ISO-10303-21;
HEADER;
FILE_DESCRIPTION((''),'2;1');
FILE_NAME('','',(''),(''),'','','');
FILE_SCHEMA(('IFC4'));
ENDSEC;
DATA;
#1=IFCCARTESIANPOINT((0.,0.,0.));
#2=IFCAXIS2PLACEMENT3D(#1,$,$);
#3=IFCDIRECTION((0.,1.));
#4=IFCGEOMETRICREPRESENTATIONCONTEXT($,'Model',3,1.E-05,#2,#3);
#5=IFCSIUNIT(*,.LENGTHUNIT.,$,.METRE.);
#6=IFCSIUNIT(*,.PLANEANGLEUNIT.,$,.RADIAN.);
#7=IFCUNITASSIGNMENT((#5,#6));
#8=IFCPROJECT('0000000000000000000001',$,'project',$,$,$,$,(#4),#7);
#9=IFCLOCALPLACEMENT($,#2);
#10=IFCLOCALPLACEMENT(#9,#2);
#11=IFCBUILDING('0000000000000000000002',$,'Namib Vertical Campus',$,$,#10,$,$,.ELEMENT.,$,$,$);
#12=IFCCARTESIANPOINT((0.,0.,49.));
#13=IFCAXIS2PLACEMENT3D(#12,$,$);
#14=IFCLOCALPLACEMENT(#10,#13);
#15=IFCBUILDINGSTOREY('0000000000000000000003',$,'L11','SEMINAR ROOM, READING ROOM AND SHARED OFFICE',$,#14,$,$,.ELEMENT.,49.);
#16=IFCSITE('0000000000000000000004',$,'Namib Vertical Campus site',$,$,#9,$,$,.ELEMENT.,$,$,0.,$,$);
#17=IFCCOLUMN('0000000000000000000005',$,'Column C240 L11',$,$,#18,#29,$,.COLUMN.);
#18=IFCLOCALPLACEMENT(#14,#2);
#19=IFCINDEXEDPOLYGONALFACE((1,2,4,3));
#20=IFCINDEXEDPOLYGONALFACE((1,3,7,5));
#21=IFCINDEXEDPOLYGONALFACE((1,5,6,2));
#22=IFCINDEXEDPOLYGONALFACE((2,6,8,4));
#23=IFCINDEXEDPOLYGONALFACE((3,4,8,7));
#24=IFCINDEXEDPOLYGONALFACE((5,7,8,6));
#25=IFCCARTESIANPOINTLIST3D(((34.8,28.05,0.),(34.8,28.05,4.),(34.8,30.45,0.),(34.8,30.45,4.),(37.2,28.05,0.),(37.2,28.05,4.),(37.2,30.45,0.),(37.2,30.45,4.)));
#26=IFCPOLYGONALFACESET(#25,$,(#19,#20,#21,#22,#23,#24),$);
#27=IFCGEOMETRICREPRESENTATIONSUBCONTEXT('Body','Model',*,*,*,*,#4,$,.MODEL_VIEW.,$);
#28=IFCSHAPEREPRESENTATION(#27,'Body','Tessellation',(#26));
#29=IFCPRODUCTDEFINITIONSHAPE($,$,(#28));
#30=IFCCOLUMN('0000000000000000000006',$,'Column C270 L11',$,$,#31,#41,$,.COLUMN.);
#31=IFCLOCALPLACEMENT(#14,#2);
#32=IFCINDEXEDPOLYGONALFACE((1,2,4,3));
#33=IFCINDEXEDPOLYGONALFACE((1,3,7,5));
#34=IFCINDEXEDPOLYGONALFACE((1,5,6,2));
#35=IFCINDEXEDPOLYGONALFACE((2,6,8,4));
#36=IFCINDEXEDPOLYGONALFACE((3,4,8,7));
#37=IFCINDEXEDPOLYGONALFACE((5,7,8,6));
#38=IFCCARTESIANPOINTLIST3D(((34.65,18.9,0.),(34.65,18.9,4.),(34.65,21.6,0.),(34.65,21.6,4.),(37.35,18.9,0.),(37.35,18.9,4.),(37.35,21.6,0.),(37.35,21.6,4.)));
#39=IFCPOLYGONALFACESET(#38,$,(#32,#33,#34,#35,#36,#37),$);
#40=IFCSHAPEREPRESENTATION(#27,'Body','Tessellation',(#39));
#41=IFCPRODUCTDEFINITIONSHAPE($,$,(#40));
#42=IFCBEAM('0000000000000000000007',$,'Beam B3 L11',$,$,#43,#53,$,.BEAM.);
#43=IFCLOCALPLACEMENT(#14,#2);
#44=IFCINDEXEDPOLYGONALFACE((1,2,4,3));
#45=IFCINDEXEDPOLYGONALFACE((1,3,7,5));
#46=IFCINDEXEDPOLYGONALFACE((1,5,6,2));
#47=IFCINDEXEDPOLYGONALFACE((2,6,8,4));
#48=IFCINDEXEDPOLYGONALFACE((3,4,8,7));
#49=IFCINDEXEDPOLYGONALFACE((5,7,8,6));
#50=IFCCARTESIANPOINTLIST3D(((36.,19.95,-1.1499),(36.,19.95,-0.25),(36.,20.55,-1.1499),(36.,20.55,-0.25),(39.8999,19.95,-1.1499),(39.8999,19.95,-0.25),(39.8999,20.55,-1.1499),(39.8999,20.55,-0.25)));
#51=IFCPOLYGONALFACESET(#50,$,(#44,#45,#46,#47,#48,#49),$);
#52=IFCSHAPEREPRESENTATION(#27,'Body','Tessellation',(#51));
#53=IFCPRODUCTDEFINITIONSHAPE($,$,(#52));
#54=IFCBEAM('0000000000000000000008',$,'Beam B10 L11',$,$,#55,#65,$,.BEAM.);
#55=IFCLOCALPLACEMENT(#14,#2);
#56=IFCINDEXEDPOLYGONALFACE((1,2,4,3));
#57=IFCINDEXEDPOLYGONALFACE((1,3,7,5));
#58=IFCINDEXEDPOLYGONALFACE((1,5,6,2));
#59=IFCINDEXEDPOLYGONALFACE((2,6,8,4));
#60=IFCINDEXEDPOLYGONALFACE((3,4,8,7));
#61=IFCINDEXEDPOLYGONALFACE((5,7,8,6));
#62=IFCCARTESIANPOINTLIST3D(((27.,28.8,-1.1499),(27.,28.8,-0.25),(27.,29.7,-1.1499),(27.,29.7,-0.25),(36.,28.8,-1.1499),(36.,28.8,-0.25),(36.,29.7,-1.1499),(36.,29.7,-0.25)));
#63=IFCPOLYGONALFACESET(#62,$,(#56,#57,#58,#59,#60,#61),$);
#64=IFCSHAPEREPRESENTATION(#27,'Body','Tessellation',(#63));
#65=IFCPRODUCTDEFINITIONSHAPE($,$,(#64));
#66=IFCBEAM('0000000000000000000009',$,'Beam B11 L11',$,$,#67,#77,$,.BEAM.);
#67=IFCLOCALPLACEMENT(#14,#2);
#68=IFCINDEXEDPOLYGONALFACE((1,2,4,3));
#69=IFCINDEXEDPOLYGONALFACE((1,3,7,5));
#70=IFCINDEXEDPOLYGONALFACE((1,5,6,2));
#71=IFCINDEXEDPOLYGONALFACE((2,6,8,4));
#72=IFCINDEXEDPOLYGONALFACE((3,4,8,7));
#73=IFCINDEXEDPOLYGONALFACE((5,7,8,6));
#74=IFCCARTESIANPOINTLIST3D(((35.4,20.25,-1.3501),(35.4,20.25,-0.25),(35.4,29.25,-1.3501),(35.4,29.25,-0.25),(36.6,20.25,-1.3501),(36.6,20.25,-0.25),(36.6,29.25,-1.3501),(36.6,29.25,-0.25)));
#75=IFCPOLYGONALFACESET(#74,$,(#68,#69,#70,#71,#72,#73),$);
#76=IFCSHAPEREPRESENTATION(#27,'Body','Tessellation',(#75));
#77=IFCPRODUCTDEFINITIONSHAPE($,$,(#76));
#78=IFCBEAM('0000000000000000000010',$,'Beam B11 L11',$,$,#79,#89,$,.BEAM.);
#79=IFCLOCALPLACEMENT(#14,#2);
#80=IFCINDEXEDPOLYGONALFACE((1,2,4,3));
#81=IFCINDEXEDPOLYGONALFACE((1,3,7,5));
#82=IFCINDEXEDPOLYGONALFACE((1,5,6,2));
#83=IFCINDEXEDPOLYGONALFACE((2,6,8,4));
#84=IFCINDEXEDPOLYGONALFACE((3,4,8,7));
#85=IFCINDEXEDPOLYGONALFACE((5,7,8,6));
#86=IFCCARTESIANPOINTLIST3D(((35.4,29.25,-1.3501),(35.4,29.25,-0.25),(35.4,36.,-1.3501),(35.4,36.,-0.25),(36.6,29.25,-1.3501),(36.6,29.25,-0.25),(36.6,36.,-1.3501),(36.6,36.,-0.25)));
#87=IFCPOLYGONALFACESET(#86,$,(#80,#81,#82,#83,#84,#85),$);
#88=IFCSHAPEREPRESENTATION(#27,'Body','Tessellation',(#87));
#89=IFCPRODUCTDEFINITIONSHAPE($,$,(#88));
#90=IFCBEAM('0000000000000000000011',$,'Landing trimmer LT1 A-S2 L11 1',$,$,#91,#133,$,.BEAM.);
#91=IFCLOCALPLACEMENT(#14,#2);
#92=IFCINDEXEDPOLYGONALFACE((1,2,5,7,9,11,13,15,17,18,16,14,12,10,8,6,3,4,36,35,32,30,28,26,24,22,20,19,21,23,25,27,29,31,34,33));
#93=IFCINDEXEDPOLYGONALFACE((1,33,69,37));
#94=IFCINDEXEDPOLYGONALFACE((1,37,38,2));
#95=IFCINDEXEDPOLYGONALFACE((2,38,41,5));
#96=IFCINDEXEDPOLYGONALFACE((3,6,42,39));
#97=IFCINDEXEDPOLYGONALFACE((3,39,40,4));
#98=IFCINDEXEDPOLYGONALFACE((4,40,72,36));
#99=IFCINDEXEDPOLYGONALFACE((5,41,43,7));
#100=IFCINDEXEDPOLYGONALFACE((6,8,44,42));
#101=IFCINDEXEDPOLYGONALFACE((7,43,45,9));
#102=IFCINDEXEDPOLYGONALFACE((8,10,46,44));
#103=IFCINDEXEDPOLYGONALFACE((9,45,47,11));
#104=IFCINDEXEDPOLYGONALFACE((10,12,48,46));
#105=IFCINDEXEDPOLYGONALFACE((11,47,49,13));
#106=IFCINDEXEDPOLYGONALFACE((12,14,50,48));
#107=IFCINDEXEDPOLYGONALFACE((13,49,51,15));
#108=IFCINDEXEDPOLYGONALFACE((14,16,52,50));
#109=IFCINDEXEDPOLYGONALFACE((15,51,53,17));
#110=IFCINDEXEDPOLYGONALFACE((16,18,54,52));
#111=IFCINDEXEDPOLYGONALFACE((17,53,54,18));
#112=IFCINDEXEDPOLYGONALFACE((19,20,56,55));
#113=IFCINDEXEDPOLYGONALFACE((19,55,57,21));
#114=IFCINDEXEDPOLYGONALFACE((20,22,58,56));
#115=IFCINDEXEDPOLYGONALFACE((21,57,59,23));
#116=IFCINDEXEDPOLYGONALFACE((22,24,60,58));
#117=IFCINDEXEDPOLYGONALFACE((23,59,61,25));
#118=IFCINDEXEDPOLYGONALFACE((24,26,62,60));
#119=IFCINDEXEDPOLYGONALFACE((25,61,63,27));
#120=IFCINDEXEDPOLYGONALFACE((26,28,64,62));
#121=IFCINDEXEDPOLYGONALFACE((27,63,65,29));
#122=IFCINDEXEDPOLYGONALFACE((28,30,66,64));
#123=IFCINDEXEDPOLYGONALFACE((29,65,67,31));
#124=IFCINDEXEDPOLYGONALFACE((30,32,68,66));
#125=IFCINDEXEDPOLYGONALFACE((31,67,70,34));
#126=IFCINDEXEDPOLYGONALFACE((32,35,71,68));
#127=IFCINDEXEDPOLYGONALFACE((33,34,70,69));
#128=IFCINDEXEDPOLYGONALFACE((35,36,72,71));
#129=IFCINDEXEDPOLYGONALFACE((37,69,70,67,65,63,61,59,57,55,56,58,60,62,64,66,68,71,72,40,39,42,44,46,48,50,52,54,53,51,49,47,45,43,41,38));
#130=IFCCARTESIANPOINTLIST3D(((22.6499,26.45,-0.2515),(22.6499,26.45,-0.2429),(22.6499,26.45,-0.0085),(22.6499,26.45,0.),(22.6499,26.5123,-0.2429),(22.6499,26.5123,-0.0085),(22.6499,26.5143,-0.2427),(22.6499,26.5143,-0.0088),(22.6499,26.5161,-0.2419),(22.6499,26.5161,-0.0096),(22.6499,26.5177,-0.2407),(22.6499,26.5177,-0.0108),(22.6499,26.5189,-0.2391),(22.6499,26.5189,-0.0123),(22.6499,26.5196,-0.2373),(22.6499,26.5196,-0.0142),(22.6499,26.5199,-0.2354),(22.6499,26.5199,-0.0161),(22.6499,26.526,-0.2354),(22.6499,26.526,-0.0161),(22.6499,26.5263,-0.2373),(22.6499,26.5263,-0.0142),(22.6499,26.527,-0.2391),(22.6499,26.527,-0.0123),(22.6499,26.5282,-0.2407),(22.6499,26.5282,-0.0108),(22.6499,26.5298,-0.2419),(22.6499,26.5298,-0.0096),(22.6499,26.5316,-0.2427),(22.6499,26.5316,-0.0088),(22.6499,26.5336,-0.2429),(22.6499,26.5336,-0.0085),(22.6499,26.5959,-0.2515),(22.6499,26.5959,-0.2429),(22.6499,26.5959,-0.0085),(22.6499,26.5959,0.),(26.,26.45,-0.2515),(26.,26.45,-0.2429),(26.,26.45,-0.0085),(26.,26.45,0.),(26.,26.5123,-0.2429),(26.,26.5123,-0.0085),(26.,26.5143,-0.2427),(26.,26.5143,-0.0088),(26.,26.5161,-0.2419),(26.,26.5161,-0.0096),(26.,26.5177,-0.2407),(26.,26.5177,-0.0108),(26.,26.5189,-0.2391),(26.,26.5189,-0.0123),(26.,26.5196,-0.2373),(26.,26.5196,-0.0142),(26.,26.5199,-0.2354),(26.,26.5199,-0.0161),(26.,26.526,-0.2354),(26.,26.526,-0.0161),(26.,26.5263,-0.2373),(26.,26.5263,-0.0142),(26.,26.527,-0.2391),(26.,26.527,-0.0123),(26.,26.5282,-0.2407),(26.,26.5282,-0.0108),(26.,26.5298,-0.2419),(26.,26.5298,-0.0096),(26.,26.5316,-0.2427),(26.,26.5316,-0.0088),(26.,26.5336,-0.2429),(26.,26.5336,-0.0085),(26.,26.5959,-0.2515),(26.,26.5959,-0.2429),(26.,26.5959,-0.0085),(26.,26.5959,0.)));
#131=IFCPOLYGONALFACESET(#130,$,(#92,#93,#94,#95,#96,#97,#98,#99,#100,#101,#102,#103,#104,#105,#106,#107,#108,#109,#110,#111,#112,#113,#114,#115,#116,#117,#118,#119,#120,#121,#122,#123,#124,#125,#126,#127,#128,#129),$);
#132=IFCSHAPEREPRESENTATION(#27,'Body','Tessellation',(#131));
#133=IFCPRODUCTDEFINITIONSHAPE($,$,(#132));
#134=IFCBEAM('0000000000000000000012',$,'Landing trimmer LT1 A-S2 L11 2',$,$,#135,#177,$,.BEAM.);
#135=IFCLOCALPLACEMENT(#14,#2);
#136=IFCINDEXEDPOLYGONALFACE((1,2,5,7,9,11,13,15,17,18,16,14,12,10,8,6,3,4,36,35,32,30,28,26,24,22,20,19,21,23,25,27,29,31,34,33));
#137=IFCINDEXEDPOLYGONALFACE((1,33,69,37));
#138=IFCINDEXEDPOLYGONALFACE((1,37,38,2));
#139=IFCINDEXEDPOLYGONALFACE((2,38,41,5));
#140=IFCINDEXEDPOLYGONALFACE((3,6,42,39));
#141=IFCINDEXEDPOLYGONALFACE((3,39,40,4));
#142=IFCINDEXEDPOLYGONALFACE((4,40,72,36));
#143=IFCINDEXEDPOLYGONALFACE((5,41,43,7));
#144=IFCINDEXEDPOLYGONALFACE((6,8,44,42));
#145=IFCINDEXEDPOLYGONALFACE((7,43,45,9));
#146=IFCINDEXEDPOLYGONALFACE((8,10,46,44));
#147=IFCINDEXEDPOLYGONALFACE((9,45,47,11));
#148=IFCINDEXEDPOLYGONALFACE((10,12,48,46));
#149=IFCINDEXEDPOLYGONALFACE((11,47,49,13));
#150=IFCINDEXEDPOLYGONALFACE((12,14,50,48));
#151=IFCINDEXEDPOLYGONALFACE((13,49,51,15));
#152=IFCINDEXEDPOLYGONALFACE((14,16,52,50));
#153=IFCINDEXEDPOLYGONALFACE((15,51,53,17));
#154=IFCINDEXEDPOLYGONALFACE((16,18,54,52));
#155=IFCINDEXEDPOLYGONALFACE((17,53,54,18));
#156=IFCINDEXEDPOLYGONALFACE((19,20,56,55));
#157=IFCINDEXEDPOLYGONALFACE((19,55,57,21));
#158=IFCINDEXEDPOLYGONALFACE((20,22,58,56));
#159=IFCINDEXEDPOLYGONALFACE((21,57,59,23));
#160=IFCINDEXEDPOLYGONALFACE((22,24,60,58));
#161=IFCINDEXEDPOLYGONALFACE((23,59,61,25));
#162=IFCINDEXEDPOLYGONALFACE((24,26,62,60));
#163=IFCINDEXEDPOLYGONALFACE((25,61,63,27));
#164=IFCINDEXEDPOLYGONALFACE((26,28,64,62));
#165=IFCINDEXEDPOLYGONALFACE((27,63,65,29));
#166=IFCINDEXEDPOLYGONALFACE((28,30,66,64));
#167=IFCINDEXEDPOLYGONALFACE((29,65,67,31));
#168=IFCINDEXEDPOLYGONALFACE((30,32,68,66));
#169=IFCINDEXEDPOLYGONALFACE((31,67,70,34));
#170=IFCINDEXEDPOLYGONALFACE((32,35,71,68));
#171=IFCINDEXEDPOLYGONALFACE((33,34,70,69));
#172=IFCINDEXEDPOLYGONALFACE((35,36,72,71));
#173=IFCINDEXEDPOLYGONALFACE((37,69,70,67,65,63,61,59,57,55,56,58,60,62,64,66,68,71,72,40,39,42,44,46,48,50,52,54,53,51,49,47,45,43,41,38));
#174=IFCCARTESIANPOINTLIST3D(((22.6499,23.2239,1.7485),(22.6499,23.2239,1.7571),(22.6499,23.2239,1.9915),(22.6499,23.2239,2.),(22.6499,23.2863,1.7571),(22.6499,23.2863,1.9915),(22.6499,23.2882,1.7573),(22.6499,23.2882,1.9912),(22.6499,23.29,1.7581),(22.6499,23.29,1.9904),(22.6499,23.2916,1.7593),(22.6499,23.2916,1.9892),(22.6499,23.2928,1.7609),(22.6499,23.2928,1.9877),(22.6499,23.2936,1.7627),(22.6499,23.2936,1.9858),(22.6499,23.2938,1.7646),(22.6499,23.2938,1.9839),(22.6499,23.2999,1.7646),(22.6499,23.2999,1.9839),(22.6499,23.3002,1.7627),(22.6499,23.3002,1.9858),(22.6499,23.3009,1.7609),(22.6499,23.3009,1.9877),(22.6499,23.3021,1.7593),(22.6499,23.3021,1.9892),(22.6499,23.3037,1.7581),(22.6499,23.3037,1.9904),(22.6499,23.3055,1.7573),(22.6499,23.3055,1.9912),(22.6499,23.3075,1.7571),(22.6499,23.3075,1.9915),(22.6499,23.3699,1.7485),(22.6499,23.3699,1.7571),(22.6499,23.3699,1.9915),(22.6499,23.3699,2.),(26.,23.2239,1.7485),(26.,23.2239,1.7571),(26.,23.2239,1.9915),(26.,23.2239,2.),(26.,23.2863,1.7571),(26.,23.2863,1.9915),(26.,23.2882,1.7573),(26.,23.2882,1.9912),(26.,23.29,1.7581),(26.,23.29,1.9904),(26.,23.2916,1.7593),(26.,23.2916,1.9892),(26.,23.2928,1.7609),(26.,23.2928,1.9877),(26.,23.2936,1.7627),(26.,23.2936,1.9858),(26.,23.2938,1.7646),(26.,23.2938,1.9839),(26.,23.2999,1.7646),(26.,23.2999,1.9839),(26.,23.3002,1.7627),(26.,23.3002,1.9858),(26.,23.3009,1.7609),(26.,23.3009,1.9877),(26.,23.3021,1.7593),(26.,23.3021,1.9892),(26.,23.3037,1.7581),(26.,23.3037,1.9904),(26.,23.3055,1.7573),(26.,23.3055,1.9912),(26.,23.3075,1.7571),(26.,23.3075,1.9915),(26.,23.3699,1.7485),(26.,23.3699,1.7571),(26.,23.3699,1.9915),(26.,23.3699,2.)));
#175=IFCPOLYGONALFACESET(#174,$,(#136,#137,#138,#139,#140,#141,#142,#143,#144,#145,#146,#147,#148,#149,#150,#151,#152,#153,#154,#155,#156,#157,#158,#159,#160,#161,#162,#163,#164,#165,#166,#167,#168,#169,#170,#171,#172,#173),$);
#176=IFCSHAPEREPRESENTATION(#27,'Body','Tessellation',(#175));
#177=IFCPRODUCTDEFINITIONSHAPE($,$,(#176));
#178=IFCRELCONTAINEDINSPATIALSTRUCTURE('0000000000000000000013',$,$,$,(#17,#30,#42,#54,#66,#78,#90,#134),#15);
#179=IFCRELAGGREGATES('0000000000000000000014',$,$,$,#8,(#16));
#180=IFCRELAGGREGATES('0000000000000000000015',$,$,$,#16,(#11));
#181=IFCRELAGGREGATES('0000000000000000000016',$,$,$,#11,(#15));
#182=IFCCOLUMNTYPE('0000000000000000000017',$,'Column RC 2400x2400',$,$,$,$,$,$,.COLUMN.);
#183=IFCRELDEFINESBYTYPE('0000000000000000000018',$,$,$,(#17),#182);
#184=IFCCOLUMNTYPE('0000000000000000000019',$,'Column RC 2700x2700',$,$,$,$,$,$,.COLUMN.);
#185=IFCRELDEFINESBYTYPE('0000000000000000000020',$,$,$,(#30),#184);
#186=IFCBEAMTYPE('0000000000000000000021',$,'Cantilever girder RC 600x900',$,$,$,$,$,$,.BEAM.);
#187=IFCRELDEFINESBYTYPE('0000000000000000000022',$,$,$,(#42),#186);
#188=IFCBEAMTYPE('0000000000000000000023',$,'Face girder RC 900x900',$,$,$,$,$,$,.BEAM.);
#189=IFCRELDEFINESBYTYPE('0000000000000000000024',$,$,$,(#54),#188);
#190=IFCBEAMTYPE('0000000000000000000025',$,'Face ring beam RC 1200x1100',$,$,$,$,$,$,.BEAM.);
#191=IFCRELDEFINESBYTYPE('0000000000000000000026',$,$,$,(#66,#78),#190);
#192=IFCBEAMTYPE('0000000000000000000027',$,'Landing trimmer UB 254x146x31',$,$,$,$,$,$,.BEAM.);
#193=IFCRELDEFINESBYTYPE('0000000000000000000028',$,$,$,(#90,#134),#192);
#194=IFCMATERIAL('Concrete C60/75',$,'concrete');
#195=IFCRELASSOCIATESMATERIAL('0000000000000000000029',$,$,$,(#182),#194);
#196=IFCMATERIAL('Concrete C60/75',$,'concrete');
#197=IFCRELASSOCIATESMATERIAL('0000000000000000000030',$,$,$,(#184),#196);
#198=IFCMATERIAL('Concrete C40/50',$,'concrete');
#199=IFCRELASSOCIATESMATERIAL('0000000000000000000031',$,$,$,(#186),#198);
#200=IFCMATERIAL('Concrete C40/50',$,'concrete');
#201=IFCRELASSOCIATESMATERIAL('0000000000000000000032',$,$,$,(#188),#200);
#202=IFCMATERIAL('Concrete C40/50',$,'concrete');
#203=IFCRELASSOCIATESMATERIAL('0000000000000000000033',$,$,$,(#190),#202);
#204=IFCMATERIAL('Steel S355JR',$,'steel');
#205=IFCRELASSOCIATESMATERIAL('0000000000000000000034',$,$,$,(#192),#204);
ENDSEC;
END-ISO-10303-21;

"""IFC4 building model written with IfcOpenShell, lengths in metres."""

from ifc_helpers import new_model, si_unit, direction, frame, origin, origin_2d, place, context, subcontext, project, spatial, rectangle, i_section, extrude, material, material_profile, profile_set, type_object, element, save


model = new_model("IFC4")

# Units and contexts
model_context = context("Model", 3, precision=1e-05, world=origin(), true_north=direction((0.0, 1.0)))
body_context = subcontext(model_context, "Body", "Model", "MODEL_VIEW")
ifc_project = project(units=[si_unit("LENGTHUNIT", "METRE"), si_unit("PLANEANGLEUNIT", "RADIAN")], contexts=[model_context])

# Site, building, storey
site_placement = place(None, origin())
site = spatial("IfcSite", under=ifc_project, at=site_placement, Name="Namib Vertical Campus site", CompositionType="ELEMENT", RefElevation=0.0)
building_placement = place(site_placement, origin())
building = spatial("IfcBuilding", under=site, at=building_placement, Name="Namib Vertical Campus", CompositionType="ELEMENT")
storey_placement = place(building_placement, frame((0.0, 0.0, 49.0)))
storey = spatial("IfcBuildingStorey", under=building, at=storey_placement, Name="L11", Description="SEMINAR ROOM, READING ROOM AND SHARED OFFICE", CompositionType="ELEMENT", Elevation=49.0)

# Columns
ifc_material_1 = material(Name="Concrete C60/75", Category="concrete")
ifc_material_profile_1 = material_profile(ifc_material_1, rectangle(XDim=2.3999, YDim=2.3999, at=origin_2d()))
ifc_profile_set_1 = profile_set([ifc_material_profile_1], Name="Concrete C60/75")
column_type_1 = type_object("IfcColumnType", Name="Column RC 2400x2400", PredefinedType="COLUMN", material=ifc_profile_set_1)
column_1_placement = place(storey_placement, frame((36.0, 29.25, 0.0), z_axis=(0.0, 0.0, 1.0), x_axis=(1.0, 0.0, 0.0)))
element("IfcColumn", 1, at=column_1_placement, inside=storey, type_object=column_type_1, Name="Column C240 L11", PredefinedType="COLUMN", context=body_context, shape_type="SweptSolid", body=[
    extrude(rectangle(XDim=2.3999, YDim=2.3999, at=origin_2d()), origin(), (0.0, 0.0, 1.0), 4.0),
])
ifc_material_2 = material(Name="Concrete C60/75", Category="concrete")
ifc_material_profile_2 = material_profile(ifc_material_2, rectangle(XDim=2.7, YDim=2.7, at=origin_2d()))
ifc_profile_set_2 = profile_set([ifc_material_profile_2], Name="Concrete C60/75")
column_type_2 = type_object("IfcColumnType", Name="Column RC 2700x2700", PredefinedType="COLUMN", material=ifc_profile_set_2)
column_2_placement = place(storey_placement, frame((36.0, 20.25, 0.0), z_axis=(0.0, 0.0, 1.0), x_axis=(1.0, 0.0, 0.0)))
element("IfcColumn", 2, at=column_2_placement, inside=storey, type_object=column_type_2, Name="Column C270 L11", PredefinedType="COLUMN", context=body_context, shape_type="SweptSolid", body=[
    extrude(rectangle(XDim=2.7, YDim=2.7, at=origin_2d()), origin(), (0.0, 0.0, 1.0), 4.0),
])

# Beams
ifc_material_3 = material(Name="Concrete C40/50", Category="concrete")
ifc_material_profile_3 = material_profile(ifc_material_3, rectangle(XDim=0.6001, YDim=0.8999, at=origin_2d()))
ifc_profile_set_3 = profile_set([ifc_material_profile_3], Name="Concrete C40/50")
beam_type_1 = type_object("IfcBeamType", Name="Cantilever girder RC 600x900", PredefinedType="BEAM", material=ifc_profile_set_3)
beam_1_placement = place(storey_placement, frame((36.0, 20.25, -0.7), z_axis=(1.0, 0.0, 0.0), x_axis=(0.0, 1.0, 0.0)))
element("IfcBeam", 3, at=beam_1_placement, inside=storey, type_object=beam_type_1, Name="Beam B3 L11", PredefinedType="BEAM", context=body_context, shape_type="SweptSolid", body=[
    extrude(rectangle(XDim=0.6001, YDim=0.8999, at=origin_2d()), origin(), (0.0, 0.0, 1.0), 3.8999),
])
ifc_material_4 = material(Name="Concrete C40/50", Category="concrete")
ifc_material_profile_4 = material_profile(ifc_material_4, rectangle(XDim=0.8999, YDim=0.8999, at=origin_2d()))
ifc_profile_set_4 = profile_set([ifc_material_profile_4], Name="Concrete C40/50")
beam_type_2 = type_object("IfcBeamType", Name="Face girder RC 900x900", PredefinedType="BEAM", material=ifc_profile_set_4)
beam_2_placement = place(storey_placement, frame((36.0, 29.25, -0.7), z_axis=(-1.0, 0.0, 0.0), x_axis=(0.0, -1.0, 0.0)))
element("IfcBeam", 4, at=beam_2_placement, inside=storey, type_object=beam_type_2, Name="Beam B10 L11", PredefinedType="BEAM", context=body_context, shape_type="SweptSolid", body=[
    extrude(rectangle(XDim=0.8999, YDim=0.8999, at=origin_2d()), origin(), (0.0, 0.0, 1.0), 9.0),
])
ifc_material_5 = material(Name="Concrete C40/50", Category="concrete")
ifc_material_profile_5 = material_profile(ifc_material_5, rectangle(XDim=1.2, YDim=1.1001, at=origin_2d()))
ifc_profile_set_5 = profile_set([ifc_material_profile_5], Name="Concrete C40/50")
beam_type_3 = type_object("IfcBeamType", Name="Face ring beam RC 1200x1100", PredefinedType="BEAM", material=ifc_profile_set_5)
beam_3_placement = place(storey_placement, frame((36.0, 20.25, -0.8), z_axis=(0.0, 1.0, 0.0), x_axis=(-1.0, 0.0, 0.0)))
element("IfcBeam", 5, at=beam_3_placement, inside=storey, type_object=beam_type_3, Name="Beam B11 L11", PredefinedType="BEAM", context=body_context, shape_type="SweptSolid", body=[
    extrude(rectangle(XDim=1.2, YDim=1.1001, at=origin_2d()), origin(), (0.0, 0.0, 1.0), 9.0),
])
beam_4_placement = place(storey_placement, frame((36.0, 29.25, -0.8), z_axis=(0.0, 1.0, 0.0), x_axis=(-1.0, 0.0, 0.0)))
element("IfcBeam", 6, at=beam_4_placement, inside=storey, type_object=beam_type_3, Name="Beam B11 L11", PredefinedType="BEAM", context=body_context, shape_type="SweptSolid", body=[
    extrude(rectangle(XDim=1.2, YDim=1.1001, at=origin_2d()), origin(), (0.0, 0.0, 1.0), 6.75),
])
ifc_material_6 = material(Name="Steel S355JR", Category="steel")
ifc_material_profile_6 = material_profile(ifc_material_6, i_section(OverallWidth=0.146, OverallDepth=0.2515, WebThickness=0.0061, FlangeThickness=0.0085, FilletRadius=0.0076, at=origin_2d()))
ifc_profile_set_6 = profile_set([ifc_material_profile_6], Name="Steel S355JR")
beam_type_4 = type_object("IfcBeamType", Name="Landing trimmer UB 254x146x31", PredefinedType="BEAM", material=ifc_profile_set_6)
for number, where, z_axis, x_axis, name in (
    (7, (22.6499, 26.5229, -0.1257), (1.0, 0.0, 0.0), (0.0, 1.0, 0.0), "Landing trimmer LT1 A-S2 L11 1"),
    (8, (22.6499, 23.2969, 1.8743), (1.0, 0.0, 0.0), (0.0, 1.0, 0.0), "Landing trimmer LT1 A-S2 L11 2"),
):
    element("IfcBeam", number, at=place(storey_placement, frame(where, z_axis=z_axis, x_axis=x_axis)), inside=storey, type_object=beam_type_4, Name=name, PredefinedType="BEAM", context=body_context, shape_type="SweptSolid", body=[
        extrude(i_section(OverallWidth=0.146, OverallDepth=0.2515, WebThickness=0.0061, FlangeThickness=0.0085, FilletRadius=0.0076, at=origin_2d()), origin(), (0.0, 0.0, 1.0), 3.3501),
    ])

save(model, "model.ifc")
